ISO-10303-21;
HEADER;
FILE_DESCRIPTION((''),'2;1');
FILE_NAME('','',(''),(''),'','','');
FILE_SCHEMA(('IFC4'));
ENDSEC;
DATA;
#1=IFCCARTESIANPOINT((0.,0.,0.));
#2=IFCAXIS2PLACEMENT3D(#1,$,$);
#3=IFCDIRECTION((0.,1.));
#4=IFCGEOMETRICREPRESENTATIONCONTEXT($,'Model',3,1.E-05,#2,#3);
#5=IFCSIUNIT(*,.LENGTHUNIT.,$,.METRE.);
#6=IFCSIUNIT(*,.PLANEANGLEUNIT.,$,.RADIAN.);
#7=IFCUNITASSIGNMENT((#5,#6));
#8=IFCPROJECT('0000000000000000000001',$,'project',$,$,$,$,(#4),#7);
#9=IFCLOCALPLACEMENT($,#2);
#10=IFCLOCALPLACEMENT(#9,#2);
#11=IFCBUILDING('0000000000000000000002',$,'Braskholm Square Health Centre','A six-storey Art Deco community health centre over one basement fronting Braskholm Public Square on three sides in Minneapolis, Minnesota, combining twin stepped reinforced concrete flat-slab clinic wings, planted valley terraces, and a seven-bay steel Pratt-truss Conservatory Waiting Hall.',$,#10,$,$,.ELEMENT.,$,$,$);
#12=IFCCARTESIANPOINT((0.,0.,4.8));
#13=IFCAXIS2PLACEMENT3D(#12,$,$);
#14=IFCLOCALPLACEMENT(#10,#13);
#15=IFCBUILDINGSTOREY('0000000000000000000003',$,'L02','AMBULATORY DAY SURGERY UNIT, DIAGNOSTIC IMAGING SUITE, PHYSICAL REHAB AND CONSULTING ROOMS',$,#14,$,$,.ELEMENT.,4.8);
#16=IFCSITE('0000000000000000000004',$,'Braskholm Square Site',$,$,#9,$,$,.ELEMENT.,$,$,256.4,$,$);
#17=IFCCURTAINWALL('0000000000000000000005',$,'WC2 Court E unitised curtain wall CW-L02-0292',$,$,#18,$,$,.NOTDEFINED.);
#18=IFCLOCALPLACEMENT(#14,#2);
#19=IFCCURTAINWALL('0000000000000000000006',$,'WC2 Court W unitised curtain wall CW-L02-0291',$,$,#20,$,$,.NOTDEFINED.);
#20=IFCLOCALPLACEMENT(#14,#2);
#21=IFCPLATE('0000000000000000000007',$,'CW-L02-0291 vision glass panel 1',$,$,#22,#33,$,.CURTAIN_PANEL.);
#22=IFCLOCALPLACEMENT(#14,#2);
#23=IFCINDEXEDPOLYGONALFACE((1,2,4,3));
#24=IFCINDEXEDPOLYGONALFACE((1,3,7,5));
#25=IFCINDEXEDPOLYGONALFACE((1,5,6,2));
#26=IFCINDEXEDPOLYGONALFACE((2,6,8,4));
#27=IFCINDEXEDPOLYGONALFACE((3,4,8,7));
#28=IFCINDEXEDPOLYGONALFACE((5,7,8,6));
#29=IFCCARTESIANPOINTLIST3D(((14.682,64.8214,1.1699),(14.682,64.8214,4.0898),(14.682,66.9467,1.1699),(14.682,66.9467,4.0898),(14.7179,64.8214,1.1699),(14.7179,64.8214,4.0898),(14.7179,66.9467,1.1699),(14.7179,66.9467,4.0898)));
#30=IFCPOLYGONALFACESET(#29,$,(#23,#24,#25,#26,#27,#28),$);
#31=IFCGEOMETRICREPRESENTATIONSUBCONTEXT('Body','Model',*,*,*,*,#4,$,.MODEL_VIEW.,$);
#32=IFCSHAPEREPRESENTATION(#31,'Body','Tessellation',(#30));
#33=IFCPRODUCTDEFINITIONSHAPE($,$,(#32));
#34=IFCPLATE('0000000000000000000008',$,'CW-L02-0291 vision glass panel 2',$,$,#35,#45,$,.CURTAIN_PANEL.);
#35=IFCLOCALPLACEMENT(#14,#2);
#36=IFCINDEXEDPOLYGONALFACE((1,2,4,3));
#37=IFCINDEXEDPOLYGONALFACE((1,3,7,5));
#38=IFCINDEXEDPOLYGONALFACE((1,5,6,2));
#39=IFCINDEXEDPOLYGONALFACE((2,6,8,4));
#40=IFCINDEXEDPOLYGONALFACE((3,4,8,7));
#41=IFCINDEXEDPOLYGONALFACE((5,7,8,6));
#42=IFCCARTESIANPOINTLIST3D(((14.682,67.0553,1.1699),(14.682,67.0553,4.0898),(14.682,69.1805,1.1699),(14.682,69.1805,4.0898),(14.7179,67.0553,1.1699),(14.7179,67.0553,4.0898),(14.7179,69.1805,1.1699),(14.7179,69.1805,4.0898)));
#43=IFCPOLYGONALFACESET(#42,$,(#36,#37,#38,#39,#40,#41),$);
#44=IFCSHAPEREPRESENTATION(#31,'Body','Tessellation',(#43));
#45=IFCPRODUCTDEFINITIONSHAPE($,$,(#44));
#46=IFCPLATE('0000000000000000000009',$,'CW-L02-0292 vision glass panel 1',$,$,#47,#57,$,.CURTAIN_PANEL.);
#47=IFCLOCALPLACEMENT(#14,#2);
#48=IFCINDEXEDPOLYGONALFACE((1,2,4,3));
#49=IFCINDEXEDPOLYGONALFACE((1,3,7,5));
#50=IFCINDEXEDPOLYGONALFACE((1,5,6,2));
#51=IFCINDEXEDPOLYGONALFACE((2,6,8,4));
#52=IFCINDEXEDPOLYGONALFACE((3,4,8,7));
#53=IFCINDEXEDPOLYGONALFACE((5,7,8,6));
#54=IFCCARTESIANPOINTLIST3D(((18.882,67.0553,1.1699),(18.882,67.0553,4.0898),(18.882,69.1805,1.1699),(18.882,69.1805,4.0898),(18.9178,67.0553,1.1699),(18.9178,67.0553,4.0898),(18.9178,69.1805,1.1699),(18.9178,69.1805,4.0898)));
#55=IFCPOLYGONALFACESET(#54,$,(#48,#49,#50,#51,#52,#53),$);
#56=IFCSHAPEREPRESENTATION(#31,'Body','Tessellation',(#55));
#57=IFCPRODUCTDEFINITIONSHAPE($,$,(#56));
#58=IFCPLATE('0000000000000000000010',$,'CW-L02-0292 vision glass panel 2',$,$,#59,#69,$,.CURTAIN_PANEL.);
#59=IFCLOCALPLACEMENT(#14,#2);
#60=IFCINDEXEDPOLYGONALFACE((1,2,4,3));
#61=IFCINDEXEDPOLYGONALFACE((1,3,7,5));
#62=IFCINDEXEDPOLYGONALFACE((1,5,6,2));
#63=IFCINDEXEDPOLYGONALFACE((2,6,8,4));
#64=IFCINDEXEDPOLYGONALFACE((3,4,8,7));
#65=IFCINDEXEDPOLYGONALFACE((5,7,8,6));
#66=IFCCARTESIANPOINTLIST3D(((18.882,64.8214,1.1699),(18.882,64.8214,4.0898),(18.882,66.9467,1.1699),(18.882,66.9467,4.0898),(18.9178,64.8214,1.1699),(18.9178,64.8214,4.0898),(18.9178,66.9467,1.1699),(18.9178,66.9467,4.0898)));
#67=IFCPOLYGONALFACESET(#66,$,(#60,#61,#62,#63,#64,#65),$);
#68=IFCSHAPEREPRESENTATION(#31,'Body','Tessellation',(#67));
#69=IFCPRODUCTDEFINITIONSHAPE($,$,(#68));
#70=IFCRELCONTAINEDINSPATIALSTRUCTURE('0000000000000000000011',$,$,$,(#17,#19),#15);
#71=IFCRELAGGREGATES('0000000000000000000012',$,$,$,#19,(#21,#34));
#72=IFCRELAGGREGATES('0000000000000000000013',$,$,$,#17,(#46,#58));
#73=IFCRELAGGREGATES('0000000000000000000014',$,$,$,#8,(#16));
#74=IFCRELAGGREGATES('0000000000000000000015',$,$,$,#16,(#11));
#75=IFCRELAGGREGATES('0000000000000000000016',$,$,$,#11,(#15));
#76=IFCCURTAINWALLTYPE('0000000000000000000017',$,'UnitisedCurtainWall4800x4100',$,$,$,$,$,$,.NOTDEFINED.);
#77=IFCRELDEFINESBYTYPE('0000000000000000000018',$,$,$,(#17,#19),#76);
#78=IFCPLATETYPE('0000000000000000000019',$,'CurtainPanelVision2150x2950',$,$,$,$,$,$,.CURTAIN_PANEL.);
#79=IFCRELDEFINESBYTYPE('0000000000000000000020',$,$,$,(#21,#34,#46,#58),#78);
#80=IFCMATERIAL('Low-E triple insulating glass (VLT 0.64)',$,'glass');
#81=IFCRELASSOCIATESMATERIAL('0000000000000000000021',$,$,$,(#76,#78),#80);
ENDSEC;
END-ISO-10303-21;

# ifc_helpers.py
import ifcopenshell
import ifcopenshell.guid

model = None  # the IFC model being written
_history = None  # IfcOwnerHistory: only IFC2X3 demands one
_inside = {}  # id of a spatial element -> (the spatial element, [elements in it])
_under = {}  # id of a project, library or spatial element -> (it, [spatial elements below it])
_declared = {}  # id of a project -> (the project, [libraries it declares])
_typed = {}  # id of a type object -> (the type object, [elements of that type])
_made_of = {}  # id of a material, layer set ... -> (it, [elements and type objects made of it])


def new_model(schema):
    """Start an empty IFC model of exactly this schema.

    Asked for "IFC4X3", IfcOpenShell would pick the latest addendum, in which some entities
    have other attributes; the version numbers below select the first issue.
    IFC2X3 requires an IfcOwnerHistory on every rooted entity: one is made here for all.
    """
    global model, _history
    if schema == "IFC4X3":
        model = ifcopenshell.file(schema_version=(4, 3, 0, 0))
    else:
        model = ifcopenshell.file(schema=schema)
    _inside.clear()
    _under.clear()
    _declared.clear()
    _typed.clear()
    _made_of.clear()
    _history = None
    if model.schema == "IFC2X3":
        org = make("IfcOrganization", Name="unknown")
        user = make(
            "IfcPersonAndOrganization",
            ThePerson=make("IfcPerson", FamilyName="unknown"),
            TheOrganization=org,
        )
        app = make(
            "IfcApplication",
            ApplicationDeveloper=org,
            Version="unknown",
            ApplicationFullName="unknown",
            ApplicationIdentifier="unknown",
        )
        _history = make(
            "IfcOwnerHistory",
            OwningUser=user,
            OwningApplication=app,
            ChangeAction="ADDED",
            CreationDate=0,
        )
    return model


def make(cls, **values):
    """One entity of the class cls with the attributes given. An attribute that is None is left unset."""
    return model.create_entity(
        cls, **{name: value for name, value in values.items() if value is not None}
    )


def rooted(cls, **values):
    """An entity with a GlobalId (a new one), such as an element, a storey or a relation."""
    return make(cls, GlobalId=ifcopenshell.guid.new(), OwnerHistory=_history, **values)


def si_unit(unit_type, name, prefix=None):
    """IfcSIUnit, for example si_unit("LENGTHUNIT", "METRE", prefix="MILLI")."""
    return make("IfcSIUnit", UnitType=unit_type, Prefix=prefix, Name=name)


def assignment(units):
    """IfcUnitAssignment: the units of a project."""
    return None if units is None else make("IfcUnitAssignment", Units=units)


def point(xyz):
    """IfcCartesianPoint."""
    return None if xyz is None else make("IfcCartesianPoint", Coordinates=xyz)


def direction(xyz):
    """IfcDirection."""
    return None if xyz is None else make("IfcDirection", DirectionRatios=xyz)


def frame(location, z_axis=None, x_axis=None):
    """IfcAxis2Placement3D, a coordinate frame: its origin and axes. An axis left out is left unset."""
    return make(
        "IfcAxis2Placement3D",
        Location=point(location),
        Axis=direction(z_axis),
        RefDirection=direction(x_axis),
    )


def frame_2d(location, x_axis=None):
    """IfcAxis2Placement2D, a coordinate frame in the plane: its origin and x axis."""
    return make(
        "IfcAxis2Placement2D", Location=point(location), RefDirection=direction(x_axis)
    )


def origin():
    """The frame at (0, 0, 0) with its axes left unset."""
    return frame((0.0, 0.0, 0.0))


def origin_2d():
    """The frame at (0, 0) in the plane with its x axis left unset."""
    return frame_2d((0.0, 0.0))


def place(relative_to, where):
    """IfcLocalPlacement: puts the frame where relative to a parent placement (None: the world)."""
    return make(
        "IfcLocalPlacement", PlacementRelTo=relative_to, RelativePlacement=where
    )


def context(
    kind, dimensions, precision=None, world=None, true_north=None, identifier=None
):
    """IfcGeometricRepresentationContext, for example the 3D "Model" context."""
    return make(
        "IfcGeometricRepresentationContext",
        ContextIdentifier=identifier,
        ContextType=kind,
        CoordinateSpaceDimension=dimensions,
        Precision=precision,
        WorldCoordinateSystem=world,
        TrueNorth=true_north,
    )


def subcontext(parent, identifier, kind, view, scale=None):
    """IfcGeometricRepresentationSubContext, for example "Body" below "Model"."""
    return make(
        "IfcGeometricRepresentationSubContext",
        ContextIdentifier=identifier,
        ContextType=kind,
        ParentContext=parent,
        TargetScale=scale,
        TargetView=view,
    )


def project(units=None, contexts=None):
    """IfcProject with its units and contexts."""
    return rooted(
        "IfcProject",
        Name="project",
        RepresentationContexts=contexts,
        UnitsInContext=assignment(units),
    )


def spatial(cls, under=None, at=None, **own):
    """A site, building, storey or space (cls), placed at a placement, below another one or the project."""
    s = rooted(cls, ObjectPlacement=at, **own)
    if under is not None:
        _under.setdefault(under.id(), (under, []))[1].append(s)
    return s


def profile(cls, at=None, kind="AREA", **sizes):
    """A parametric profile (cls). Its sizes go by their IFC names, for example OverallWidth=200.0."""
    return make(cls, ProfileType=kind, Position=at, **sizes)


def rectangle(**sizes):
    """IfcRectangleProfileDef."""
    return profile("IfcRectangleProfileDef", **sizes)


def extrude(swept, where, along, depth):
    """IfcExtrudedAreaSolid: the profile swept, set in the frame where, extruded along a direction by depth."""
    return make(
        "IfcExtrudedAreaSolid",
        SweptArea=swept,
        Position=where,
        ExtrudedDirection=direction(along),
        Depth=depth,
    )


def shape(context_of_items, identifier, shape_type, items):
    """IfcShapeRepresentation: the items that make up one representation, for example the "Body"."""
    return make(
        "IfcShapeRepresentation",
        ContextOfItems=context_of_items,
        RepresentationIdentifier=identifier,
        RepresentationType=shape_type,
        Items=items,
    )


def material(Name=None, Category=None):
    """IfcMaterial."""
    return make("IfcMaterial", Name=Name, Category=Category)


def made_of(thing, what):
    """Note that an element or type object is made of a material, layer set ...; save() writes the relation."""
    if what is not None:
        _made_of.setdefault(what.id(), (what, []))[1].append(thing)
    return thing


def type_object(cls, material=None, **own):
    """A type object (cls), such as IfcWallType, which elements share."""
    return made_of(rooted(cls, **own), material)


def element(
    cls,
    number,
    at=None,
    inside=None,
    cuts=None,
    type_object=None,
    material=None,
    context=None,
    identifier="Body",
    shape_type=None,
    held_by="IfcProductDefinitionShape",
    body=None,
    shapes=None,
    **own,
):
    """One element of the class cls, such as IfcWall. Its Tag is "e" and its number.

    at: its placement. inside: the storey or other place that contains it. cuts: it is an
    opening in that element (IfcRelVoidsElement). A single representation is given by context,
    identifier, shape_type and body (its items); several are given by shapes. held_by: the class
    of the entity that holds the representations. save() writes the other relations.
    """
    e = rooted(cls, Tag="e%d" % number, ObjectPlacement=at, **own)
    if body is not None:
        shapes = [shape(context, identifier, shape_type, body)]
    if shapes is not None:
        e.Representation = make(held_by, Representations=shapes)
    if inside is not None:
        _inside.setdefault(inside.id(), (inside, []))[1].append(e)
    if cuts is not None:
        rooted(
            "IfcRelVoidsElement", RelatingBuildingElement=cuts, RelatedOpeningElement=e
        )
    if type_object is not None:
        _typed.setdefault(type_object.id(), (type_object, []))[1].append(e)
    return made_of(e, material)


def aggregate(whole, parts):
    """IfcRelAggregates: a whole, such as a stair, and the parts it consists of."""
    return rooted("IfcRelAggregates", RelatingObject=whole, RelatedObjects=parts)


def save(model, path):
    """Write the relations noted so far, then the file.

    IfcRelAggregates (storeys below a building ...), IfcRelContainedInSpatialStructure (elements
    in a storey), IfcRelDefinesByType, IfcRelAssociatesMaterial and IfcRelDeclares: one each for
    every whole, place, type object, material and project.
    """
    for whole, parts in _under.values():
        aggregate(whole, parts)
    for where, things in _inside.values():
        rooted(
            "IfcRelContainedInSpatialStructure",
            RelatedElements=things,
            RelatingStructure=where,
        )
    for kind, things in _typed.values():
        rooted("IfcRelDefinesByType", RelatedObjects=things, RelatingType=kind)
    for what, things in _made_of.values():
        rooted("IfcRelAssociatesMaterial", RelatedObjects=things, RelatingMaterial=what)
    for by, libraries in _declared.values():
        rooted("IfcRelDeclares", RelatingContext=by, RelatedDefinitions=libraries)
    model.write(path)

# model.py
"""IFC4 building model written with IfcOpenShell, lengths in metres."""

from ifc_helpers import new_model, si_unit, direction, frame, origin, origin_2d, place, context, subcontext, project, spatial, rectangle, extrude, material, type_object, element, aggregate, save


model = new_model("IFC4")

# Units and contexts
model_context = context("Model", 3, precision=1e-05, world=origin(), true_north=direction((0.0, 1.0)))
body_context = subcontext(model_context, "Body", "Model", "MODEL_VIEW")
ifc_project = project(units=[si_unit("LENGTHUNIT", "METRE"), si_unit("PLANEANGLEUNIT", "RADIAN")], contexts=[model_context])

# Site, building, storey
site_placement = place(None, origin())
site = spatial("IfcSite", under=ifc_project, at=site_placement, Name="Braskholm Square Site", CompositionType="ELEMENT", RefElevation=256.4)
building_placement = place(site_placement, origin())
building = spatial("IfcBuilding", under=site, at=building_placement, Name="Braskholm Square Health Centre", Description="A six-storey Art Deco community health centre over one basement fronting Braskholm Public Square on three sides in Minneapolis, Minnesota, combining twin stepped reinforced concrete flat-slab clinic wings, planted valley terraces, and a seven-bay steel Pratt-truss Conservatory Waiting Hall.", CompositionType="ELEMENT")
storey_placement = place(building_placement, frame((0.0, 0.0, 4.8)))
storey = spatial("IfcBuildingStorey", under=building, at=storey_placement, Name="L02", Description="AMBULATORY DAY SURGERY UNIT, DIAGNOSTIC IMAGING SUITE, PHYSICAL REHAB AND CONSULTING ROOMS", CompositionType="ELEMENT", Elevation=4.8)

# Curtain wall
ifc_material_1 = material(Name="Low-E triple insulating glass (VLT 0.64)", Category="glass")
curtain_wall_type = type_object("IfcCurtainWallType", Name="UnitisedCurtainWall4800x4100", PredefinedType="NOTDEFINED", material=ifc_material_1)
curtain_wall_1_placement = place(storey_placement, origin())
curtain_wall_1 = element("IfcCurtainWall", 1, at=curtain_wall_1_placement, inside=storey, type_object=curtain_wall_type, Name="WC2 Court E unitised curtain wall CW-L02-0292", PredefinedType="NOTDEFINED")

# Curtain wall
curtain_wall_2_placement = place(storey_placement, origin())
curtain_wall_2 = element("IfcCurtainWall", 2, at=curtain_wall_2_placement, inside=storey, type_object=curtain_wall_type, Name="WC2 Court W unitised curtain wall CW-L02-0291", PredefinedType="NOTDEFINED")

# Plates
plate_type_1 = type_object("IfcPlateType", Name="CurtainPanelVision2150x2950", PredefinedType="CURTAIN_PANEL", material=ifc_material_1)
plate_1_placement = place(storey_placement, frame((14.7, 65.884, 1.1699), z_axis=(0.0, 0.0, 1.0), x_axis=(0.0, 1.0, 0.0)))
plate_1 = element("IfcPlate", 3, at=plate_1_placement, type_object=plate_type_1, Name="CW-L02-0291 vision glass panel 1", PredefinedType="CURTAIN_PANEL", context=body_context, shape_type="SweptSolid", body=[
    extrude(rectangle(XDim=2.1252, YDim=0.0359, at=origin_2d()), origin(), (0.0, 0.0, 1.0), 2.9199),
])
plate_2_placement = place(storey_placement, frame((14.7, 68.1179, 1.1699), z_axis=(0.0, 0.0, 1.0), x_axis=(0.0, 1.0, 0.0)))
plate_2 = element("IfcPlate", 4, at=plate_2_placement, type_object=plate_type_1, Name="CW-L02-0291 vision glass panel 2", PredefinedType="CURTAIN_PANEL", context=body_context, shape_type="SweptSolid", body=[
    extrude(rectangle(XDim=2.1252, YDim=0.0359, at=origin_2d()), origin(), (0.0, 0.0, 1.0), 2.9199),
])
aggregate(curtain_wall_2, [plate_1, plate_2])
plate_3_placement = place(storey_placement, frame((18.8999, 68.1179, 1.1699), z_axis=(0.0, 0.0, 1.0), x_axis=(0.0, -1.0, 0.0)))
plate_3 = element("IfcPlate", 5, at=plate_3_placement, type_object=plate_type_1, Name="CW-L02-0292 vision glass panel 1", PredefinedType="CURTAIN_PANEL", context=body_context, shape_type="SweptSolid", body=[
    extrude(rectangle(XDim=2.1252, YDim=0.0359, at=origin_2d()), origin(), (0.0, 0.0, 1.0), 2.9199),
])
plate_4_placement = place(storey_placement, frame((18.8999, 65.884, 1.1699), z_axis=(0.0, 0.0, 1.0), x_axis=(0.0, -1.0, 0.0)))
plate_4 = element("IfcPlate", 6, at=plate_4_placement, type_object=plate_type_1, Name="CW-L02-0292 vision glass panel 2", PredefinedType="CURTAIN_PANEL", context=body_context, shape_type="SweptSolid", body=[
    extrude(rectangle(XDim=2.1252, YDim=0.0359, at=origin_2d()), origin(), (0.0, 0.0, 1.0), 2.9199),
])
aggregate(curtain_wall_1, [plate_3, plate_4])

save(model, "model.ifc")
